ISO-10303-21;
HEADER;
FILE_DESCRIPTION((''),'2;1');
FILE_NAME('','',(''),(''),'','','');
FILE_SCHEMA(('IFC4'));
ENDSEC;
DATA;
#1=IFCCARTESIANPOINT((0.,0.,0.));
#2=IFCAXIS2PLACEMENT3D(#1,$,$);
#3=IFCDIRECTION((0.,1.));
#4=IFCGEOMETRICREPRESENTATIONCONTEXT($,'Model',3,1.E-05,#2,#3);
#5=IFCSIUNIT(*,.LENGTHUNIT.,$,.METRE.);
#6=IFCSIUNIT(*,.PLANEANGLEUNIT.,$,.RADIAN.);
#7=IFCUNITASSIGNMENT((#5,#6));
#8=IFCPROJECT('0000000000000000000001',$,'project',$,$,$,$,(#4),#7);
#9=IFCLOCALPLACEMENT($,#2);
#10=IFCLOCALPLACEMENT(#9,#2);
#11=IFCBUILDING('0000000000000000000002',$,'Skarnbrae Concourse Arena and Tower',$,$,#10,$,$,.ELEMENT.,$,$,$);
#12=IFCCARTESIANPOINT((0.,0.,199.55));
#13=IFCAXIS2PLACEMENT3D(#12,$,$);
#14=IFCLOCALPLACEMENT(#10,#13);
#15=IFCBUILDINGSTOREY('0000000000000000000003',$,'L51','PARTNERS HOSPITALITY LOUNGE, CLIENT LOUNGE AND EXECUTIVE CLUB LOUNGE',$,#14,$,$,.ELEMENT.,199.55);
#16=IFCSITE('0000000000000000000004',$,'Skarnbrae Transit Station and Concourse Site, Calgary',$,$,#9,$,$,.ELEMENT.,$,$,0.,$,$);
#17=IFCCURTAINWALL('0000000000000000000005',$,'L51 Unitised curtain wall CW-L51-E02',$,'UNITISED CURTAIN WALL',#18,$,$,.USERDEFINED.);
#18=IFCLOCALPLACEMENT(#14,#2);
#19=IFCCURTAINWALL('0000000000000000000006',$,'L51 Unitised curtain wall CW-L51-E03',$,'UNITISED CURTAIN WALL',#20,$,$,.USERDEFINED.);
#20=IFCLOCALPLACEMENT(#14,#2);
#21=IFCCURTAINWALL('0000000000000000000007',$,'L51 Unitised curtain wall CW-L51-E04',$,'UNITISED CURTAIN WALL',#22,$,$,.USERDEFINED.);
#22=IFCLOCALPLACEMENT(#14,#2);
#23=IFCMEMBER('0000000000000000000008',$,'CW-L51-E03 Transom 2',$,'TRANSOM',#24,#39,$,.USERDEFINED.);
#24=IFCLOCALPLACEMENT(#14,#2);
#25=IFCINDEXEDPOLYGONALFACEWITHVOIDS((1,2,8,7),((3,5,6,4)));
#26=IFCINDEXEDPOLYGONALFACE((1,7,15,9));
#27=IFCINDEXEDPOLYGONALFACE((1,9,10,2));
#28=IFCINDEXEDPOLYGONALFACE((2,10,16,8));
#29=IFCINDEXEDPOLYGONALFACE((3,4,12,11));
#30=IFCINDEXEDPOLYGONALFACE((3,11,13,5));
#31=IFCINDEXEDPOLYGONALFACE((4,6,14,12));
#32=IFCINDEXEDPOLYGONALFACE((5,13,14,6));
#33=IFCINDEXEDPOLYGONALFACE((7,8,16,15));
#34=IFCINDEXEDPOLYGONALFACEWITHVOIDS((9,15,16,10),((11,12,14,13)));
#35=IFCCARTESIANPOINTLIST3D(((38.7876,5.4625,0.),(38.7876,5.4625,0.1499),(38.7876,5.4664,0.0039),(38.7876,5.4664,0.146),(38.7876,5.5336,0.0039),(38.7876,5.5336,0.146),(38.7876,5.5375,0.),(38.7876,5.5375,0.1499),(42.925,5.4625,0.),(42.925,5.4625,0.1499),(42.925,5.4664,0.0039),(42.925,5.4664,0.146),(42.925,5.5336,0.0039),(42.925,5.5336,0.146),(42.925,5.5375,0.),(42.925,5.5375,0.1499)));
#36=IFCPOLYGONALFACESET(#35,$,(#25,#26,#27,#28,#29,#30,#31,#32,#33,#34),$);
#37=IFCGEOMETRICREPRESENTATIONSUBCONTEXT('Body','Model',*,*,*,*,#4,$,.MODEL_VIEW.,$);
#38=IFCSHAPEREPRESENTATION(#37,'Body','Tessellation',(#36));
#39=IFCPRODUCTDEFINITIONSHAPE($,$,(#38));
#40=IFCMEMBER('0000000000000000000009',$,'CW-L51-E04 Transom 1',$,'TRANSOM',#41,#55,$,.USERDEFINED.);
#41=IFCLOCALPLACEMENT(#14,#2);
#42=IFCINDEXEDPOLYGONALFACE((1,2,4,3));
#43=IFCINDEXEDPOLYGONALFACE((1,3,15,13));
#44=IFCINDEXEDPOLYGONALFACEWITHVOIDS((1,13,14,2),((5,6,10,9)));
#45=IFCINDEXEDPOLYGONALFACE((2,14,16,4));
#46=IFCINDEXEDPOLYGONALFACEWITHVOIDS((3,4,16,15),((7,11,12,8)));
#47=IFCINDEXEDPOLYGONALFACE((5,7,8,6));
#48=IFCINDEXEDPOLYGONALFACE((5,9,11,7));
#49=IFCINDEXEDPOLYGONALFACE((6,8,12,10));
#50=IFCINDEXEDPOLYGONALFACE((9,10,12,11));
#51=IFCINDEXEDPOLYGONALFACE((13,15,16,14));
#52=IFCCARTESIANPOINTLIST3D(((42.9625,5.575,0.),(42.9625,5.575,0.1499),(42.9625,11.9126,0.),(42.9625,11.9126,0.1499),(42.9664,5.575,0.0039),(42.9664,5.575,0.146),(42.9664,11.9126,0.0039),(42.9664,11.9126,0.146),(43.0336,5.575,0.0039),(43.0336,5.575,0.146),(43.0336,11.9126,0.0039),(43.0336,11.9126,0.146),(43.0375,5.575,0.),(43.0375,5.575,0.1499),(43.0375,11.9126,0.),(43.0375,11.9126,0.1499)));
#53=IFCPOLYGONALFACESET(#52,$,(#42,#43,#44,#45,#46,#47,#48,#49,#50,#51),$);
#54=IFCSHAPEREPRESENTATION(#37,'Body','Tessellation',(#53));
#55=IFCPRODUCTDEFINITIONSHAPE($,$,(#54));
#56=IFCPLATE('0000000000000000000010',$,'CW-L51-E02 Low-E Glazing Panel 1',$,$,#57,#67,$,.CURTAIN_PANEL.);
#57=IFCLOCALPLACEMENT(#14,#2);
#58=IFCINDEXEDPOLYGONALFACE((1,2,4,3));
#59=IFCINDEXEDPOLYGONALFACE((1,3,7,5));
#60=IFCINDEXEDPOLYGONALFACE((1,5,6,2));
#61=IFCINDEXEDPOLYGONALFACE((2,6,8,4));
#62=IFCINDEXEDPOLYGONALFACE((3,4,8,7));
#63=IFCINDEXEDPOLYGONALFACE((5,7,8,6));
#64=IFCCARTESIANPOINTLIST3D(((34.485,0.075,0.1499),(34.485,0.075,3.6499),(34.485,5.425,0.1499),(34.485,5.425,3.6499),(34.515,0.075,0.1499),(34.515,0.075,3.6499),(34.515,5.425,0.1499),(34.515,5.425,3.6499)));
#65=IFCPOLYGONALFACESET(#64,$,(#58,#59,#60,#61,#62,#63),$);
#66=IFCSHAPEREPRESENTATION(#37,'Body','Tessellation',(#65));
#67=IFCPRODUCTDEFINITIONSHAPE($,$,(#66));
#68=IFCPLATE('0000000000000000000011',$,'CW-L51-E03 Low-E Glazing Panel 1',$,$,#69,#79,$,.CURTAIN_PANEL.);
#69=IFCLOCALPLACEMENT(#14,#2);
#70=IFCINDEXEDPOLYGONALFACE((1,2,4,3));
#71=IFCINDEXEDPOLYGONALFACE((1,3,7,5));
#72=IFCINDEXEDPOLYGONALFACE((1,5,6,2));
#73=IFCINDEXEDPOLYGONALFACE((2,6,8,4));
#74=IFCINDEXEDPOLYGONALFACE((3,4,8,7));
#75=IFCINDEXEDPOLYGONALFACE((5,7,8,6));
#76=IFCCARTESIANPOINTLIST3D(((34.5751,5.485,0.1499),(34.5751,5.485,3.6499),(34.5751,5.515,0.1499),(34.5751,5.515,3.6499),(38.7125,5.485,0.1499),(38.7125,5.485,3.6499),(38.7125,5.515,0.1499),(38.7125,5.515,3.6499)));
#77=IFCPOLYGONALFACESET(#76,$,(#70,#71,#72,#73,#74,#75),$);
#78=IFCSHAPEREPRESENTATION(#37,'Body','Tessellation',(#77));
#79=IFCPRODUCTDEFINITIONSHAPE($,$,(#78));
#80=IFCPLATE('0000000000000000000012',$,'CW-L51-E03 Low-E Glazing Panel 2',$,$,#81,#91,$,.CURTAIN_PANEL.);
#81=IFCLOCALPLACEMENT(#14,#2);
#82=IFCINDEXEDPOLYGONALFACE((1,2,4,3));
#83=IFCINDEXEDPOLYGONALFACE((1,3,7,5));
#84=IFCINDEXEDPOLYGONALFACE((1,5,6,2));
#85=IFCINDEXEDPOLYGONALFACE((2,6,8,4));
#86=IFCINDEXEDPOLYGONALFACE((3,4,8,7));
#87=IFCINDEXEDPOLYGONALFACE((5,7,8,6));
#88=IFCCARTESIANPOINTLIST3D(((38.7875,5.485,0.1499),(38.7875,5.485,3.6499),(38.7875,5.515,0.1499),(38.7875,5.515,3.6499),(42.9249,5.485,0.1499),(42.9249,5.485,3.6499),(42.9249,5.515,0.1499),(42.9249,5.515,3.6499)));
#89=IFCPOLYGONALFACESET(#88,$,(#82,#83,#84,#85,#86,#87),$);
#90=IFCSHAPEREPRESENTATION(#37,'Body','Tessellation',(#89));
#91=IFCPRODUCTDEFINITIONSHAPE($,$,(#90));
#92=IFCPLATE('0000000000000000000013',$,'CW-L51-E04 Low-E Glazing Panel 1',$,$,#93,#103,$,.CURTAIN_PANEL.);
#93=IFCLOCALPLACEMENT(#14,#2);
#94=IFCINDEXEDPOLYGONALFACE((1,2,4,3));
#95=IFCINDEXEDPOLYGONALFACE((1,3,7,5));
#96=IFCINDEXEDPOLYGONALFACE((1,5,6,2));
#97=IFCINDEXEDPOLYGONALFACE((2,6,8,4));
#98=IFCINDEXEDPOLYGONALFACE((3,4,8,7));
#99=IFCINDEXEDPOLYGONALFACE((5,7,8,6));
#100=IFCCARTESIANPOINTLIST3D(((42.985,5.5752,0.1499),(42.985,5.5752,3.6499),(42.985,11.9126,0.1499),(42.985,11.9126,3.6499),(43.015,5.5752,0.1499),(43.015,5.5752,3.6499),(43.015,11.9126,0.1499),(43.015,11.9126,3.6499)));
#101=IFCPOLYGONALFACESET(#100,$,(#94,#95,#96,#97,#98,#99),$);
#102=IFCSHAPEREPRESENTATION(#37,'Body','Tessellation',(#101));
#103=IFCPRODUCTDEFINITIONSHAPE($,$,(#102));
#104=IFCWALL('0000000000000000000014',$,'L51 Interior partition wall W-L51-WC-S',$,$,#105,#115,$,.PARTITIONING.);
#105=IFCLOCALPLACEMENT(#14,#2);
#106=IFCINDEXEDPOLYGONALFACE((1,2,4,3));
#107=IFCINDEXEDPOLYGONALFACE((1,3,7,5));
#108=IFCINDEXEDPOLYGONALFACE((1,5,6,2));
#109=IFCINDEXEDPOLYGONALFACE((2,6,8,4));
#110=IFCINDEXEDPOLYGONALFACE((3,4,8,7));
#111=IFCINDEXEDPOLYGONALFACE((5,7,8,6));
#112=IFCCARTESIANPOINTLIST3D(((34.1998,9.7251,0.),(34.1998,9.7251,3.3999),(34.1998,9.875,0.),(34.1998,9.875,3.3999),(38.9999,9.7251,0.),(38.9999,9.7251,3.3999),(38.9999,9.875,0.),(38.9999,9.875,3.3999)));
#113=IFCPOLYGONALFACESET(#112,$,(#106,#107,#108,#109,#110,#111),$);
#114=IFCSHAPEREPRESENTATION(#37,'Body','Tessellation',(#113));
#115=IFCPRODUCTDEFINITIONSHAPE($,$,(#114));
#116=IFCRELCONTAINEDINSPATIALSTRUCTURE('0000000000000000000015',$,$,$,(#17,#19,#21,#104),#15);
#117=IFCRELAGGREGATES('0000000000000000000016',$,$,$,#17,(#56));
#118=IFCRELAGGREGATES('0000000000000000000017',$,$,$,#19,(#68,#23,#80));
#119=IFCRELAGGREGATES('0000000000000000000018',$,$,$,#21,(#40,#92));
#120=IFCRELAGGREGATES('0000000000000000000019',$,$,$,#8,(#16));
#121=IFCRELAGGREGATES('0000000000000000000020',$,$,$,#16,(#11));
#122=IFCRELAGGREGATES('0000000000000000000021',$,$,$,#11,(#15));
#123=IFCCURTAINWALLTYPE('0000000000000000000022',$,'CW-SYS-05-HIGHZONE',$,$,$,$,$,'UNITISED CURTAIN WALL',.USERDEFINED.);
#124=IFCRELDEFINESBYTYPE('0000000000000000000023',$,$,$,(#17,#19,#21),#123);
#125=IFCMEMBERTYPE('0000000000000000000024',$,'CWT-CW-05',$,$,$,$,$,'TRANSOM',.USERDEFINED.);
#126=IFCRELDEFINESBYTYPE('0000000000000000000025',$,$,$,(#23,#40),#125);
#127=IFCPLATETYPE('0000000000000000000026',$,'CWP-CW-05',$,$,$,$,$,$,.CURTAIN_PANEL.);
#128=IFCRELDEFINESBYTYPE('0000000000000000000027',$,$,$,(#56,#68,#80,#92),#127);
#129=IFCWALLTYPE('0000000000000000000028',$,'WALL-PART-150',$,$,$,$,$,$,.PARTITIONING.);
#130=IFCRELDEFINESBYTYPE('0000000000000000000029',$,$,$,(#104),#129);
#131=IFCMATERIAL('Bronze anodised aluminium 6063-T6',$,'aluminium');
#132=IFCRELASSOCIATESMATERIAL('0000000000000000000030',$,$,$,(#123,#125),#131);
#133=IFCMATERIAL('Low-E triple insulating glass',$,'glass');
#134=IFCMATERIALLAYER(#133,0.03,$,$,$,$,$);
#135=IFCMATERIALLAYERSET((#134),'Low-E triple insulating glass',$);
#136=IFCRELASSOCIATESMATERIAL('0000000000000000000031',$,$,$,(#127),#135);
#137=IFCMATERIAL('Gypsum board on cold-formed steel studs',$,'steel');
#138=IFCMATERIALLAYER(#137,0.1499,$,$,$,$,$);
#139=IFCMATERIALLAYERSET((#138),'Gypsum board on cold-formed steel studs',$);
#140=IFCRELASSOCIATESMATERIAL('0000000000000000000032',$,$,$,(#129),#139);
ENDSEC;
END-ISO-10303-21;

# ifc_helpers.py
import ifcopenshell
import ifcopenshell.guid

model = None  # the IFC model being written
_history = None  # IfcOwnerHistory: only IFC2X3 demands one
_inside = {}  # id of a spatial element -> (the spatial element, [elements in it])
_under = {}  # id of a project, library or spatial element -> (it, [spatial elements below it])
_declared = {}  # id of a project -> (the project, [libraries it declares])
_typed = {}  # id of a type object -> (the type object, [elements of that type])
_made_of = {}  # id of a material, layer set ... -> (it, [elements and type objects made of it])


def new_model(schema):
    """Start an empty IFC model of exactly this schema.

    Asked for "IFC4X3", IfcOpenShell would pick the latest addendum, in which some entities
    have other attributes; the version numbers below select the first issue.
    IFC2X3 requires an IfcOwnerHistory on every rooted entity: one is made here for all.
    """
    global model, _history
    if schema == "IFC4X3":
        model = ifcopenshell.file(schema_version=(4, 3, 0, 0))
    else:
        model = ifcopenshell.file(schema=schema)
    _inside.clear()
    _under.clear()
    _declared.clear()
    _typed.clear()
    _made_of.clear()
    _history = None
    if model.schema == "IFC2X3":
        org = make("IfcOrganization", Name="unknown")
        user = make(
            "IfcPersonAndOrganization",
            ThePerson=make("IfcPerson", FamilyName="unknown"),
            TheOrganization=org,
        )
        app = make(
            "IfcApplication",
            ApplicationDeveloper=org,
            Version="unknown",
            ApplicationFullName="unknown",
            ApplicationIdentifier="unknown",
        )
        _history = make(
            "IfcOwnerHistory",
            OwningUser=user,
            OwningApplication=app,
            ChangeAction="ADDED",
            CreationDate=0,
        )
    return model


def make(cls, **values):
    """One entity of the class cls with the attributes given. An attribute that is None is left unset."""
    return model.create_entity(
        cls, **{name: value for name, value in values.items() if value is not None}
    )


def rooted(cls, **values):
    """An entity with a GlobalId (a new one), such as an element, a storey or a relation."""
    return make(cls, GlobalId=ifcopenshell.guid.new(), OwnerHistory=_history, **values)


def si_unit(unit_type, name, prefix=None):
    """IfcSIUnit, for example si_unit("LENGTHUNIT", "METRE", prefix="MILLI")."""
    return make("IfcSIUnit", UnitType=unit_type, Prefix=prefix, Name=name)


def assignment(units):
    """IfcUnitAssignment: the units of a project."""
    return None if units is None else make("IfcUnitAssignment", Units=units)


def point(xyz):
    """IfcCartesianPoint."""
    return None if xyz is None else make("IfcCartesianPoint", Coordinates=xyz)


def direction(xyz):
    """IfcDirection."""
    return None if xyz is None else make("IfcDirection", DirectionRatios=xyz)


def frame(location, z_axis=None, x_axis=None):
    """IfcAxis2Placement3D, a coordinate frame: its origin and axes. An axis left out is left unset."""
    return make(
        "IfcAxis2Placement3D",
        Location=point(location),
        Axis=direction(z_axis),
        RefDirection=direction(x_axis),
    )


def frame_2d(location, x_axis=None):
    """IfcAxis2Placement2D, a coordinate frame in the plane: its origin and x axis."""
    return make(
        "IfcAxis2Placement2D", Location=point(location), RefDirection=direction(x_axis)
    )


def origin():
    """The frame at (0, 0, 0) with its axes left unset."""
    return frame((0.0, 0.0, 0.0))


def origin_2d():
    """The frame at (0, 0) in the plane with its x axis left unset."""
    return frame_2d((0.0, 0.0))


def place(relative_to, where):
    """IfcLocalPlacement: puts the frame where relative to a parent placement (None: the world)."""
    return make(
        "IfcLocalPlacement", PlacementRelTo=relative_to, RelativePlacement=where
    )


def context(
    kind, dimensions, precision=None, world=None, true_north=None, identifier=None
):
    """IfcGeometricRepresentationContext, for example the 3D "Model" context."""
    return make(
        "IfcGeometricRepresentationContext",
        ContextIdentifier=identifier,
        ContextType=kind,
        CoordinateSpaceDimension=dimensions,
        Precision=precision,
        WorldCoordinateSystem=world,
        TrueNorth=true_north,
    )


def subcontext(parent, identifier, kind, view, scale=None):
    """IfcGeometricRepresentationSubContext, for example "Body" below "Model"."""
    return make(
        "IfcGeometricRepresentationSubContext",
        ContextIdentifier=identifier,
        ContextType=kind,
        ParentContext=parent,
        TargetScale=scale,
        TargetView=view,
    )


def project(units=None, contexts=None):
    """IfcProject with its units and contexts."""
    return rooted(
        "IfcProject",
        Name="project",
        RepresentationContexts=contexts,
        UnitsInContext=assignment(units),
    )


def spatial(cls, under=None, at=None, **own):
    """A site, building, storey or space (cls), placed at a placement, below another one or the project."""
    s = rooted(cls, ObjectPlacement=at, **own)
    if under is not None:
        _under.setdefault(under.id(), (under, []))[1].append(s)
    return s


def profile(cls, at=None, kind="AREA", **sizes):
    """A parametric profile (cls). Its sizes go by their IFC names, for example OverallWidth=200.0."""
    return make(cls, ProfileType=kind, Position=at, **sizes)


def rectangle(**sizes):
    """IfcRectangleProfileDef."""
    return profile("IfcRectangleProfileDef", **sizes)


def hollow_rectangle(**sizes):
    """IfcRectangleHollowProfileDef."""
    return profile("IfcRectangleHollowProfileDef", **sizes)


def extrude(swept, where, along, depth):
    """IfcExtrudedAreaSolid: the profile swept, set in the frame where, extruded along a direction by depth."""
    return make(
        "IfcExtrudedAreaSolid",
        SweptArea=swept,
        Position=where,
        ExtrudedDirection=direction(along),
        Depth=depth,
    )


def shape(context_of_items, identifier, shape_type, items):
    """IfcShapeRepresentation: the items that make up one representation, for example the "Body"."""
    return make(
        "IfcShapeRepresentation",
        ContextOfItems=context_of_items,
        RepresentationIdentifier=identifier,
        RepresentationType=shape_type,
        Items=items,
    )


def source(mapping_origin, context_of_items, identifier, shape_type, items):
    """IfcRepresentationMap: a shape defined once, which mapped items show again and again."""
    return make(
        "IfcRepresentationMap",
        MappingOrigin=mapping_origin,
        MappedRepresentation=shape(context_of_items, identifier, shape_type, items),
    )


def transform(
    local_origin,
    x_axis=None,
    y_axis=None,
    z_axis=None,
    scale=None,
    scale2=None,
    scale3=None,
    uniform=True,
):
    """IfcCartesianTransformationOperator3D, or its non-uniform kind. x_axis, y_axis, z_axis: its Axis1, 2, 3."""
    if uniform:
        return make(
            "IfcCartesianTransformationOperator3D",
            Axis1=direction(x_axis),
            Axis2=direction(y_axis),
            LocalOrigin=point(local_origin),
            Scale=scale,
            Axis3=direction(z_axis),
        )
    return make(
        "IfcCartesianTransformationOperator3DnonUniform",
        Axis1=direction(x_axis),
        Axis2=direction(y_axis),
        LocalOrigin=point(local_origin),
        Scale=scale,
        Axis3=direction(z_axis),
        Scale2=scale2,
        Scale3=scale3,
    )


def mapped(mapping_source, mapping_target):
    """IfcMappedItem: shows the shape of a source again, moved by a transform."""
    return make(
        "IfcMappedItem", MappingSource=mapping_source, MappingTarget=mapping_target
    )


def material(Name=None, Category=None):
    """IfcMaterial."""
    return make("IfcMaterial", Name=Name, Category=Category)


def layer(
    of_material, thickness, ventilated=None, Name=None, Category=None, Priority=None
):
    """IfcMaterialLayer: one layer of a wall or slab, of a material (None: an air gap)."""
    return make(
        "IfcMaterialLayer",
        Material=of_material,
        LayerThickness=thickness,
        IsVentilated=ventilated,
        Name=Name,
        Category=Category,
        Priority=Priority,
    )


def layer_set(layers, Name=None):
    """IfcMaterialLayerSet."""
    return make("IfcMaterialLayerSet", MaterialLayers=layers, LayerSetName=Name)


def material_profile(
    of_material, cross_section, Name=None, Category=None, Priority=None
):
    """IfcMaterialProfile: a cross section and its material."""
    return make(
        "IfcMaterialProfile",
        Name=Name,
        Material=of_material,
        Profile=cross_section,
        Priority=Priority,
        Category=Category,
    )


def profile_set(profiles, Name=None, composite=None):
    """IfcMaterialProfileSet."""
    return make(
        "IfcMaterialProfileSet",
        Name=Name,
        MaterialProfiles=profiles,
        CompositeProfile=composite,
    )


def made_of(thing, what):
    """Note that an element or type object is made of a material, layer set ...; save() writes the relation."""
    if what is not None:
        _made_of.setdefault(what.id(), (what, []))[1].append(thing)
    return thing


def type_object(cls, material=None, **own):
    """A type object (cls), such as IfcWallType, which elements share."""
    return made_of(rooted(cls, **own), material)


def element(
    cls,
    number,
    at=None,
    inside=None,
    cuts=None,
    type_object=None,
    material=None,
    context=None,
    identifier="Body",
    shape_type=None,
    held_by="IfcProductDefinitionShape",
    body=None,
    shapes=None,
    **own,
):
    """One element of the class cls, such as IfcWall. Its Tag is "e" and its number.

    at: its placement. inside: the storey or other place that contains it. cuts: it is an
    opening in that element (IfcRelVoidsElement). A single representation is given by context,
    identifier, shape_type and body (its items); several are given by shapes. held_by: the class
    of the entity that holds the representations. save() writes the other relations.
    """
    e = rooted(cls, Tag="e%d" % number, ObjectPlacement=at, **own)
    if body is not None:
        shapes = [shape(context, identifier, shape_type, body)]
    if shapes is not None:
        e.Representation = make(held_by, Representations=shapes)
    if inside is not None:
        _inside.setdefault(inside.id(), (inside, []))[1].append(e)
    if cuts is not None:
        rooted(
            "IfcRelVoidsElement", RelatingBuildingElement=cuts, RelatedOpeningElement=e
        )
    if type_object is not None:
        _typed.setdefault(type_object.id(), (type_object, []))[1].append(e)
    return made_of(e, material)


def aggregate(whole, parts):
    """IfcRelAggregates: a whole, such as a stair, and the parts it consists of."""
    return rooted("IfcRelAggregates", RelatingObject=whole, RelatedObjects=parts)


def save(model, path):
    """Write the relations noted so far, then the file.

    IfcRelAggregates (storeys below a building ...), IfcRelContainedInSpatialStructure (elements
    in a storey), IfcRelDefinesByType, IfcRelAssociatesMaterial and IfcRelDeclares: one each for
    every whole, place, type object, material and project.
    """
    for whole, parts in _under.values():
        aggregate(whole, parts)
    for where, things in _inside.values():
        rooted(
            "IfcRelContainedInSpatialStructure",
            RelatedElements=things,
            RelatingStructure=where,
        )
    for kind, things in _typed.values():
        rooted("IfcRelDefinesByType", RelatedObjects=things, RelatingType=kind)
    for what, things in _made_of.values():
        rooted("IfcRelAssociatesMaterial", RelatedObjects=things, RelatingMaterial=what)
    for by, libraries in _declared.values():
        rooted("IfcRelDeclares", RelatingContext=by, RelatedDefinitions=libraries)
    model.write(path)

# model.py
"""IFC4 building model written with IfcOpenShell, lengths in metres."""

from ifc_helpers import new_model, si_unit, direction, frame, frame_2d, origin, origin_2d, place, context, subcontext, project, spatial, rectangle, hollow_rectangle, extrude, source, transform, mapped, material, layer, layer_set, material_profile, profile_set, type_object, element, aggregate, save


model = new_model("IFC4")

# Units and contexts
model_context = context("Model", 3, precision=1e-05, world=origin(), true_north=direction((0.0, 1.0)))
body_context = subcontext(model_context, "Body", "Model", "MODEL_VIEW")
ifc_project = project(units=[si_unit("LENGTHUNIT", "METRE"), si_unit("PLANEANGLEUNIT", "RADIAN")], contexts=[model_context])

# Site, building, storey
site_placement = place(None, origin())
site = spatial("IfcSite", under=ifc_project, at=site_placement, Name="Skarnbrae Transit Station and Concourse Site, Calgary", CompositionType="ELEMENT", RefElevation=0.0)
building_placement = place(site_placement, origin())
building = spatial("IfcBuilding", under=site, at=building_placement, Name="Skarnbrae Concourse Arena and Tower", CompositionType="ELEMENT")
storey_placement = place(building_placement, frame((0.0, 0.0, 199.55)))
storey = spatial("IfcBuildingStorey", under=building, at=storey_placement, Name="L51", Description="PARTNERS HOSPITALITY LOUNGE, CLIENT LOUNGE AND EXECUTIVE CLUB LOUNGE", CompositionType="ELEMENT", Elevation=199.55)

# Curtain walls
ifc_material_1 = material(Name="Bronze anodised aluminium 6063-T6", Category="aluminium")
curtain_wall_type = type_object("IfcCurtainWallType", Name="CW-SYS-05-HIGHZONE", ElementType="UNITISED CURTAIN WALL", PredefinedType="USERDEFINED", material=ifc_material_1)
curtain_wall_1_placement = place(storey_placement, origin())
curtain_wall_1 = element("IfcCurtainWall", 1, at=curtain_wall_1_placement, inside=storey, type_object=curtain_wall_type, Name="L51 Unitised curtain wall CW-L51-E02", ObjectType="UNITISED CURTAIN WALL", PredefinedType="USERDEFINED")
curtain_wall_2_placement = place(storey_placement, origin())
curtain_wall_2 = element("IfcCurtainWall", 2, at=curtain_wall_2_placement, inside=storey, type_object=curtain_wall_type, Name="L51 Unitised curtain wall CW-L51-E03", ObjectType="UNITISED CURTAIN WALL", PredefinedType="USERDEFINED")

# Curtain wall
curtain_wall_3_placement = place(storey_placement, origin())
curtain_wall_3 = element("IfcCurtainWall", 3, at=curtain_wall_3_placement, inside=storey, type_object=curtain_wall_type, Name="L51 Unitised curtain wall CW-L51-E04", ObjectType="UNITISED CURTAIN WALL", PredefinedType="USERDEFINED")

# Members
ifc_material_profile_1 = material_profile(ifc_material_1, hollow_rectangle(XDim=0.075, YDim=0.1499, WallThickness=0.0039, at=origin_2d()), Name="ALU-TRAN-75X150")
ifc_profile_set_1 = profile_set([ifc_material_profile_1], Name="Bronze anodised aluminium 6063-T6")
member_type_1 = type_object("IfcMemberType", Name="CWT-CW-05", ElementType="TRANSOM", PredefinedType="USERDEFINED", material=ifc_profile_set_1)
shared_shape_1 = source(origin(), body_context, "Body", "SweptSolid", [
    extrude(hollow_rectangle(XDim=0.075, YDim=0.1499, WallThickness=0.0039, at=origin_2d()), origin(), (0.0, 0.0, 1.0), 4.1375),
])
member_1_placement = place(storey_placement, frame((38.7876, 5.5, 0.075), z_axis=(1.0, 0.0, 0.0), x_axis=(0.0, 1.0, 0.0)))
member_1 = element("IfcMember", 4, at=member_1_placement, type_object=member_type_1, Name="CW-L51-E03 Transom 2", ObjectType="TRANSOM", PredefinedType="USERDEFINED", context=body_context, shape_type="MappedRepresentation", body=[
    mapped(shared_shape_1, transform((0.0, 0.0, 0.0))),
])
shared_shape_2 = source(origin(), body_context, "Body", "SweptSolid", [
    extrude(hollow_rectangle(XDim=0.075, YDim=0.1499, WallThickness=0.0039, at=origin_2d()), origin(), (0.0, 0.0, 1.0), 6.3376),
])
member_2_placement = place(storey_placement, frame((43.0, 5.575, 0.075), z_axis=(0.0, 1.0, 0.0), x_axis=(-1.0, 0.0, 0.0)))
member_2 = element("IfcMember", 5, at=member_2_placement, type_object=member_type_1, Name="CW-L51-E04 Transom 1", ObjectType="TRANSOM", PredefinedType="USERDEFINED", context=body_context, shape_type="MappedRepresentation", body=[
    mapped(shared_shape_2, transform((0.0, 0.0, 0.0))),
])

# Plates
ifc_material_2 = material(Name="Low-E triple insulating glass", Category="glass")
ifc_layer_1 = layer(ifc_material_2, 0.03)
ifc_layer_set_1 = layer_set([ifc_layer_1], Name="Low-E triple insulating glass")
plate_type = type_object("IfcPlateType", Name="CWP-CW-05", PredefinedType="CURTAIN_PANEL", material=ifc_layer_set_1)
shared_shape_3 = source(origin(), body_context, "Body", "SweptSolid", [
    extrude(rectangle(XDim=5.3501, YDim=0.03, at=origin_2d()), origin(), (0.0, 0.0, 1.0), 3.5),
])
plate_1_placement = place(storey_placement, frame((34.5, 2.75, 0.1499), z_axis=(0.0, 0.0, 1.0), x_axis=(0.0, 1.0, 0.0)))
plate_1 = element("IfcPlate", 6, at=plate_1_placement, type_object=plate_type, Name="CW-L51-E02 Low-E Glazing Panel 1", PredefinedType="CURTAIN_PANEL", context=body_context, shape_type="MappedRepresentation", body=[
    mapped(shared_shape_3, transform((0.0, 0.0, 0.0))),
])
aggregate(curtain_wall_1, [plate_1])
shared_shape_4 = source(origin(), body_context, "Body", "SweptSolid", [
    extrude(rectangle(XDim=4.1375, YDim=0.03, at=origin_2d()), origin(), (0.0, 0.0, 1.0), 3.5),
])
plate_2_placement = place(storey_placement, frame((36.6438, 5.5, 0.1499), z_axis=(0.0, 0.0, 1.0), x_axis=(1.0, 0.0, 0.0)))
plate_2 = element("IfcPlate", 7, at=plate_2_placement, type_object=plate_type, Name="CW-L51-E03 Low-E Glazing Panel 1", PredefinedType="CURTAIN_PANEL", context=body_context, shape_type="MappedRepresentation", body=[
    mapped(shared_shape_4, transform((0.0, 0.0, 0.0))),
])
plate_3_placement = place(storey_placement, frame((40.8562, 5.5, 0.1499), z_axis=(0.0, 0.0, 1.0), x_axis=(1.0, 0.0, 0.0)))
plate_3 = element("IfcPlate", 8, at=plate_3_placement, type_object=plate_type, Name="CW-L51-E03 Low-E Glazing Panel 2", PredefinedType="CURTAIN_PANEL", context=body_context, shape_type="MappedRepresentation", body=[
    mapped(shared_shape_4, transform((0.0, 0.0, 0.0))),
])
aggregate(curtain_wall_2, [plate_2, member_1, plate_3])
shared_shape_5 = source(origin(), body_context, "Body", "SweptSolid", [
    extrude(rectangle(XDim=6.3374, YDim=0.03, at=origin_2d()), origin(), (0.0, 0.0, 1.0), 3.5),
])
plate_4_placement = place(storey_placement, frame((43.0, 8.7439, 0.1499), z_axis=(0.0, 0.0, 1.0), x_axis=(0.0, 1.0, 0.0)))
plate_4 = element("IfcPlate", 9, at=plate_4_placement, type_object=plate_type, Name="CW-L51-E04 Low-E Glazing Panel 1", PredefinedType="CURTAIN_PANEL", context=body_context, shape_type="MappedRepresentation", body=[
    mapped(shared_shape_5, transform((0.0, 0.0, 0.0))),
])
aggregate(curtain_wall_3, [member_2, plate_4])

# Wall
ifc_material_3 = material(Name="Gypsum board on cold-formed steel studs", Category="steel")
ifc_layer_2 = layer(ifc_material_3, 0.1499)
ifc_layer_set_2 = layer_set([ifc_layer_2], Name="Gypsum board on cold-formed steel studs")
wall_type = type_object("IfcWallType", Name="WALL-PART-150", PredefinedType="PARTITIONING", material=ifc_layer_set_2)
shared_shape_6 = source(origin(), body_context, "Body", "SweptSolid", [
    extrude(rectangle(XDim=4.8, YDim=0.1499, at=frame_2d((2.3999, 0.0))), origin(), (0.0, 0.0, 1.0), 3.3999),
])
wall_placement = place(storey_placement, frame((34.2, 9.8, 0.0), z_axis=(0.0, 0.0, 1.0), x_axis=(1.0, 0.0, 0.0)))
element("IfcWall", 10, at=wall_placement, inside=storey, type_object=wall_type, Name="L51 Interior partition wall W-L51-WC-S", PredefinedType="PARTITIONING", context=body_context, shape_type="MappedRepresentation", body=[
    mapped(shared_shape_6, transform((0.0, 0.0, 0.0))),
])

save(model, "model.ifc")
